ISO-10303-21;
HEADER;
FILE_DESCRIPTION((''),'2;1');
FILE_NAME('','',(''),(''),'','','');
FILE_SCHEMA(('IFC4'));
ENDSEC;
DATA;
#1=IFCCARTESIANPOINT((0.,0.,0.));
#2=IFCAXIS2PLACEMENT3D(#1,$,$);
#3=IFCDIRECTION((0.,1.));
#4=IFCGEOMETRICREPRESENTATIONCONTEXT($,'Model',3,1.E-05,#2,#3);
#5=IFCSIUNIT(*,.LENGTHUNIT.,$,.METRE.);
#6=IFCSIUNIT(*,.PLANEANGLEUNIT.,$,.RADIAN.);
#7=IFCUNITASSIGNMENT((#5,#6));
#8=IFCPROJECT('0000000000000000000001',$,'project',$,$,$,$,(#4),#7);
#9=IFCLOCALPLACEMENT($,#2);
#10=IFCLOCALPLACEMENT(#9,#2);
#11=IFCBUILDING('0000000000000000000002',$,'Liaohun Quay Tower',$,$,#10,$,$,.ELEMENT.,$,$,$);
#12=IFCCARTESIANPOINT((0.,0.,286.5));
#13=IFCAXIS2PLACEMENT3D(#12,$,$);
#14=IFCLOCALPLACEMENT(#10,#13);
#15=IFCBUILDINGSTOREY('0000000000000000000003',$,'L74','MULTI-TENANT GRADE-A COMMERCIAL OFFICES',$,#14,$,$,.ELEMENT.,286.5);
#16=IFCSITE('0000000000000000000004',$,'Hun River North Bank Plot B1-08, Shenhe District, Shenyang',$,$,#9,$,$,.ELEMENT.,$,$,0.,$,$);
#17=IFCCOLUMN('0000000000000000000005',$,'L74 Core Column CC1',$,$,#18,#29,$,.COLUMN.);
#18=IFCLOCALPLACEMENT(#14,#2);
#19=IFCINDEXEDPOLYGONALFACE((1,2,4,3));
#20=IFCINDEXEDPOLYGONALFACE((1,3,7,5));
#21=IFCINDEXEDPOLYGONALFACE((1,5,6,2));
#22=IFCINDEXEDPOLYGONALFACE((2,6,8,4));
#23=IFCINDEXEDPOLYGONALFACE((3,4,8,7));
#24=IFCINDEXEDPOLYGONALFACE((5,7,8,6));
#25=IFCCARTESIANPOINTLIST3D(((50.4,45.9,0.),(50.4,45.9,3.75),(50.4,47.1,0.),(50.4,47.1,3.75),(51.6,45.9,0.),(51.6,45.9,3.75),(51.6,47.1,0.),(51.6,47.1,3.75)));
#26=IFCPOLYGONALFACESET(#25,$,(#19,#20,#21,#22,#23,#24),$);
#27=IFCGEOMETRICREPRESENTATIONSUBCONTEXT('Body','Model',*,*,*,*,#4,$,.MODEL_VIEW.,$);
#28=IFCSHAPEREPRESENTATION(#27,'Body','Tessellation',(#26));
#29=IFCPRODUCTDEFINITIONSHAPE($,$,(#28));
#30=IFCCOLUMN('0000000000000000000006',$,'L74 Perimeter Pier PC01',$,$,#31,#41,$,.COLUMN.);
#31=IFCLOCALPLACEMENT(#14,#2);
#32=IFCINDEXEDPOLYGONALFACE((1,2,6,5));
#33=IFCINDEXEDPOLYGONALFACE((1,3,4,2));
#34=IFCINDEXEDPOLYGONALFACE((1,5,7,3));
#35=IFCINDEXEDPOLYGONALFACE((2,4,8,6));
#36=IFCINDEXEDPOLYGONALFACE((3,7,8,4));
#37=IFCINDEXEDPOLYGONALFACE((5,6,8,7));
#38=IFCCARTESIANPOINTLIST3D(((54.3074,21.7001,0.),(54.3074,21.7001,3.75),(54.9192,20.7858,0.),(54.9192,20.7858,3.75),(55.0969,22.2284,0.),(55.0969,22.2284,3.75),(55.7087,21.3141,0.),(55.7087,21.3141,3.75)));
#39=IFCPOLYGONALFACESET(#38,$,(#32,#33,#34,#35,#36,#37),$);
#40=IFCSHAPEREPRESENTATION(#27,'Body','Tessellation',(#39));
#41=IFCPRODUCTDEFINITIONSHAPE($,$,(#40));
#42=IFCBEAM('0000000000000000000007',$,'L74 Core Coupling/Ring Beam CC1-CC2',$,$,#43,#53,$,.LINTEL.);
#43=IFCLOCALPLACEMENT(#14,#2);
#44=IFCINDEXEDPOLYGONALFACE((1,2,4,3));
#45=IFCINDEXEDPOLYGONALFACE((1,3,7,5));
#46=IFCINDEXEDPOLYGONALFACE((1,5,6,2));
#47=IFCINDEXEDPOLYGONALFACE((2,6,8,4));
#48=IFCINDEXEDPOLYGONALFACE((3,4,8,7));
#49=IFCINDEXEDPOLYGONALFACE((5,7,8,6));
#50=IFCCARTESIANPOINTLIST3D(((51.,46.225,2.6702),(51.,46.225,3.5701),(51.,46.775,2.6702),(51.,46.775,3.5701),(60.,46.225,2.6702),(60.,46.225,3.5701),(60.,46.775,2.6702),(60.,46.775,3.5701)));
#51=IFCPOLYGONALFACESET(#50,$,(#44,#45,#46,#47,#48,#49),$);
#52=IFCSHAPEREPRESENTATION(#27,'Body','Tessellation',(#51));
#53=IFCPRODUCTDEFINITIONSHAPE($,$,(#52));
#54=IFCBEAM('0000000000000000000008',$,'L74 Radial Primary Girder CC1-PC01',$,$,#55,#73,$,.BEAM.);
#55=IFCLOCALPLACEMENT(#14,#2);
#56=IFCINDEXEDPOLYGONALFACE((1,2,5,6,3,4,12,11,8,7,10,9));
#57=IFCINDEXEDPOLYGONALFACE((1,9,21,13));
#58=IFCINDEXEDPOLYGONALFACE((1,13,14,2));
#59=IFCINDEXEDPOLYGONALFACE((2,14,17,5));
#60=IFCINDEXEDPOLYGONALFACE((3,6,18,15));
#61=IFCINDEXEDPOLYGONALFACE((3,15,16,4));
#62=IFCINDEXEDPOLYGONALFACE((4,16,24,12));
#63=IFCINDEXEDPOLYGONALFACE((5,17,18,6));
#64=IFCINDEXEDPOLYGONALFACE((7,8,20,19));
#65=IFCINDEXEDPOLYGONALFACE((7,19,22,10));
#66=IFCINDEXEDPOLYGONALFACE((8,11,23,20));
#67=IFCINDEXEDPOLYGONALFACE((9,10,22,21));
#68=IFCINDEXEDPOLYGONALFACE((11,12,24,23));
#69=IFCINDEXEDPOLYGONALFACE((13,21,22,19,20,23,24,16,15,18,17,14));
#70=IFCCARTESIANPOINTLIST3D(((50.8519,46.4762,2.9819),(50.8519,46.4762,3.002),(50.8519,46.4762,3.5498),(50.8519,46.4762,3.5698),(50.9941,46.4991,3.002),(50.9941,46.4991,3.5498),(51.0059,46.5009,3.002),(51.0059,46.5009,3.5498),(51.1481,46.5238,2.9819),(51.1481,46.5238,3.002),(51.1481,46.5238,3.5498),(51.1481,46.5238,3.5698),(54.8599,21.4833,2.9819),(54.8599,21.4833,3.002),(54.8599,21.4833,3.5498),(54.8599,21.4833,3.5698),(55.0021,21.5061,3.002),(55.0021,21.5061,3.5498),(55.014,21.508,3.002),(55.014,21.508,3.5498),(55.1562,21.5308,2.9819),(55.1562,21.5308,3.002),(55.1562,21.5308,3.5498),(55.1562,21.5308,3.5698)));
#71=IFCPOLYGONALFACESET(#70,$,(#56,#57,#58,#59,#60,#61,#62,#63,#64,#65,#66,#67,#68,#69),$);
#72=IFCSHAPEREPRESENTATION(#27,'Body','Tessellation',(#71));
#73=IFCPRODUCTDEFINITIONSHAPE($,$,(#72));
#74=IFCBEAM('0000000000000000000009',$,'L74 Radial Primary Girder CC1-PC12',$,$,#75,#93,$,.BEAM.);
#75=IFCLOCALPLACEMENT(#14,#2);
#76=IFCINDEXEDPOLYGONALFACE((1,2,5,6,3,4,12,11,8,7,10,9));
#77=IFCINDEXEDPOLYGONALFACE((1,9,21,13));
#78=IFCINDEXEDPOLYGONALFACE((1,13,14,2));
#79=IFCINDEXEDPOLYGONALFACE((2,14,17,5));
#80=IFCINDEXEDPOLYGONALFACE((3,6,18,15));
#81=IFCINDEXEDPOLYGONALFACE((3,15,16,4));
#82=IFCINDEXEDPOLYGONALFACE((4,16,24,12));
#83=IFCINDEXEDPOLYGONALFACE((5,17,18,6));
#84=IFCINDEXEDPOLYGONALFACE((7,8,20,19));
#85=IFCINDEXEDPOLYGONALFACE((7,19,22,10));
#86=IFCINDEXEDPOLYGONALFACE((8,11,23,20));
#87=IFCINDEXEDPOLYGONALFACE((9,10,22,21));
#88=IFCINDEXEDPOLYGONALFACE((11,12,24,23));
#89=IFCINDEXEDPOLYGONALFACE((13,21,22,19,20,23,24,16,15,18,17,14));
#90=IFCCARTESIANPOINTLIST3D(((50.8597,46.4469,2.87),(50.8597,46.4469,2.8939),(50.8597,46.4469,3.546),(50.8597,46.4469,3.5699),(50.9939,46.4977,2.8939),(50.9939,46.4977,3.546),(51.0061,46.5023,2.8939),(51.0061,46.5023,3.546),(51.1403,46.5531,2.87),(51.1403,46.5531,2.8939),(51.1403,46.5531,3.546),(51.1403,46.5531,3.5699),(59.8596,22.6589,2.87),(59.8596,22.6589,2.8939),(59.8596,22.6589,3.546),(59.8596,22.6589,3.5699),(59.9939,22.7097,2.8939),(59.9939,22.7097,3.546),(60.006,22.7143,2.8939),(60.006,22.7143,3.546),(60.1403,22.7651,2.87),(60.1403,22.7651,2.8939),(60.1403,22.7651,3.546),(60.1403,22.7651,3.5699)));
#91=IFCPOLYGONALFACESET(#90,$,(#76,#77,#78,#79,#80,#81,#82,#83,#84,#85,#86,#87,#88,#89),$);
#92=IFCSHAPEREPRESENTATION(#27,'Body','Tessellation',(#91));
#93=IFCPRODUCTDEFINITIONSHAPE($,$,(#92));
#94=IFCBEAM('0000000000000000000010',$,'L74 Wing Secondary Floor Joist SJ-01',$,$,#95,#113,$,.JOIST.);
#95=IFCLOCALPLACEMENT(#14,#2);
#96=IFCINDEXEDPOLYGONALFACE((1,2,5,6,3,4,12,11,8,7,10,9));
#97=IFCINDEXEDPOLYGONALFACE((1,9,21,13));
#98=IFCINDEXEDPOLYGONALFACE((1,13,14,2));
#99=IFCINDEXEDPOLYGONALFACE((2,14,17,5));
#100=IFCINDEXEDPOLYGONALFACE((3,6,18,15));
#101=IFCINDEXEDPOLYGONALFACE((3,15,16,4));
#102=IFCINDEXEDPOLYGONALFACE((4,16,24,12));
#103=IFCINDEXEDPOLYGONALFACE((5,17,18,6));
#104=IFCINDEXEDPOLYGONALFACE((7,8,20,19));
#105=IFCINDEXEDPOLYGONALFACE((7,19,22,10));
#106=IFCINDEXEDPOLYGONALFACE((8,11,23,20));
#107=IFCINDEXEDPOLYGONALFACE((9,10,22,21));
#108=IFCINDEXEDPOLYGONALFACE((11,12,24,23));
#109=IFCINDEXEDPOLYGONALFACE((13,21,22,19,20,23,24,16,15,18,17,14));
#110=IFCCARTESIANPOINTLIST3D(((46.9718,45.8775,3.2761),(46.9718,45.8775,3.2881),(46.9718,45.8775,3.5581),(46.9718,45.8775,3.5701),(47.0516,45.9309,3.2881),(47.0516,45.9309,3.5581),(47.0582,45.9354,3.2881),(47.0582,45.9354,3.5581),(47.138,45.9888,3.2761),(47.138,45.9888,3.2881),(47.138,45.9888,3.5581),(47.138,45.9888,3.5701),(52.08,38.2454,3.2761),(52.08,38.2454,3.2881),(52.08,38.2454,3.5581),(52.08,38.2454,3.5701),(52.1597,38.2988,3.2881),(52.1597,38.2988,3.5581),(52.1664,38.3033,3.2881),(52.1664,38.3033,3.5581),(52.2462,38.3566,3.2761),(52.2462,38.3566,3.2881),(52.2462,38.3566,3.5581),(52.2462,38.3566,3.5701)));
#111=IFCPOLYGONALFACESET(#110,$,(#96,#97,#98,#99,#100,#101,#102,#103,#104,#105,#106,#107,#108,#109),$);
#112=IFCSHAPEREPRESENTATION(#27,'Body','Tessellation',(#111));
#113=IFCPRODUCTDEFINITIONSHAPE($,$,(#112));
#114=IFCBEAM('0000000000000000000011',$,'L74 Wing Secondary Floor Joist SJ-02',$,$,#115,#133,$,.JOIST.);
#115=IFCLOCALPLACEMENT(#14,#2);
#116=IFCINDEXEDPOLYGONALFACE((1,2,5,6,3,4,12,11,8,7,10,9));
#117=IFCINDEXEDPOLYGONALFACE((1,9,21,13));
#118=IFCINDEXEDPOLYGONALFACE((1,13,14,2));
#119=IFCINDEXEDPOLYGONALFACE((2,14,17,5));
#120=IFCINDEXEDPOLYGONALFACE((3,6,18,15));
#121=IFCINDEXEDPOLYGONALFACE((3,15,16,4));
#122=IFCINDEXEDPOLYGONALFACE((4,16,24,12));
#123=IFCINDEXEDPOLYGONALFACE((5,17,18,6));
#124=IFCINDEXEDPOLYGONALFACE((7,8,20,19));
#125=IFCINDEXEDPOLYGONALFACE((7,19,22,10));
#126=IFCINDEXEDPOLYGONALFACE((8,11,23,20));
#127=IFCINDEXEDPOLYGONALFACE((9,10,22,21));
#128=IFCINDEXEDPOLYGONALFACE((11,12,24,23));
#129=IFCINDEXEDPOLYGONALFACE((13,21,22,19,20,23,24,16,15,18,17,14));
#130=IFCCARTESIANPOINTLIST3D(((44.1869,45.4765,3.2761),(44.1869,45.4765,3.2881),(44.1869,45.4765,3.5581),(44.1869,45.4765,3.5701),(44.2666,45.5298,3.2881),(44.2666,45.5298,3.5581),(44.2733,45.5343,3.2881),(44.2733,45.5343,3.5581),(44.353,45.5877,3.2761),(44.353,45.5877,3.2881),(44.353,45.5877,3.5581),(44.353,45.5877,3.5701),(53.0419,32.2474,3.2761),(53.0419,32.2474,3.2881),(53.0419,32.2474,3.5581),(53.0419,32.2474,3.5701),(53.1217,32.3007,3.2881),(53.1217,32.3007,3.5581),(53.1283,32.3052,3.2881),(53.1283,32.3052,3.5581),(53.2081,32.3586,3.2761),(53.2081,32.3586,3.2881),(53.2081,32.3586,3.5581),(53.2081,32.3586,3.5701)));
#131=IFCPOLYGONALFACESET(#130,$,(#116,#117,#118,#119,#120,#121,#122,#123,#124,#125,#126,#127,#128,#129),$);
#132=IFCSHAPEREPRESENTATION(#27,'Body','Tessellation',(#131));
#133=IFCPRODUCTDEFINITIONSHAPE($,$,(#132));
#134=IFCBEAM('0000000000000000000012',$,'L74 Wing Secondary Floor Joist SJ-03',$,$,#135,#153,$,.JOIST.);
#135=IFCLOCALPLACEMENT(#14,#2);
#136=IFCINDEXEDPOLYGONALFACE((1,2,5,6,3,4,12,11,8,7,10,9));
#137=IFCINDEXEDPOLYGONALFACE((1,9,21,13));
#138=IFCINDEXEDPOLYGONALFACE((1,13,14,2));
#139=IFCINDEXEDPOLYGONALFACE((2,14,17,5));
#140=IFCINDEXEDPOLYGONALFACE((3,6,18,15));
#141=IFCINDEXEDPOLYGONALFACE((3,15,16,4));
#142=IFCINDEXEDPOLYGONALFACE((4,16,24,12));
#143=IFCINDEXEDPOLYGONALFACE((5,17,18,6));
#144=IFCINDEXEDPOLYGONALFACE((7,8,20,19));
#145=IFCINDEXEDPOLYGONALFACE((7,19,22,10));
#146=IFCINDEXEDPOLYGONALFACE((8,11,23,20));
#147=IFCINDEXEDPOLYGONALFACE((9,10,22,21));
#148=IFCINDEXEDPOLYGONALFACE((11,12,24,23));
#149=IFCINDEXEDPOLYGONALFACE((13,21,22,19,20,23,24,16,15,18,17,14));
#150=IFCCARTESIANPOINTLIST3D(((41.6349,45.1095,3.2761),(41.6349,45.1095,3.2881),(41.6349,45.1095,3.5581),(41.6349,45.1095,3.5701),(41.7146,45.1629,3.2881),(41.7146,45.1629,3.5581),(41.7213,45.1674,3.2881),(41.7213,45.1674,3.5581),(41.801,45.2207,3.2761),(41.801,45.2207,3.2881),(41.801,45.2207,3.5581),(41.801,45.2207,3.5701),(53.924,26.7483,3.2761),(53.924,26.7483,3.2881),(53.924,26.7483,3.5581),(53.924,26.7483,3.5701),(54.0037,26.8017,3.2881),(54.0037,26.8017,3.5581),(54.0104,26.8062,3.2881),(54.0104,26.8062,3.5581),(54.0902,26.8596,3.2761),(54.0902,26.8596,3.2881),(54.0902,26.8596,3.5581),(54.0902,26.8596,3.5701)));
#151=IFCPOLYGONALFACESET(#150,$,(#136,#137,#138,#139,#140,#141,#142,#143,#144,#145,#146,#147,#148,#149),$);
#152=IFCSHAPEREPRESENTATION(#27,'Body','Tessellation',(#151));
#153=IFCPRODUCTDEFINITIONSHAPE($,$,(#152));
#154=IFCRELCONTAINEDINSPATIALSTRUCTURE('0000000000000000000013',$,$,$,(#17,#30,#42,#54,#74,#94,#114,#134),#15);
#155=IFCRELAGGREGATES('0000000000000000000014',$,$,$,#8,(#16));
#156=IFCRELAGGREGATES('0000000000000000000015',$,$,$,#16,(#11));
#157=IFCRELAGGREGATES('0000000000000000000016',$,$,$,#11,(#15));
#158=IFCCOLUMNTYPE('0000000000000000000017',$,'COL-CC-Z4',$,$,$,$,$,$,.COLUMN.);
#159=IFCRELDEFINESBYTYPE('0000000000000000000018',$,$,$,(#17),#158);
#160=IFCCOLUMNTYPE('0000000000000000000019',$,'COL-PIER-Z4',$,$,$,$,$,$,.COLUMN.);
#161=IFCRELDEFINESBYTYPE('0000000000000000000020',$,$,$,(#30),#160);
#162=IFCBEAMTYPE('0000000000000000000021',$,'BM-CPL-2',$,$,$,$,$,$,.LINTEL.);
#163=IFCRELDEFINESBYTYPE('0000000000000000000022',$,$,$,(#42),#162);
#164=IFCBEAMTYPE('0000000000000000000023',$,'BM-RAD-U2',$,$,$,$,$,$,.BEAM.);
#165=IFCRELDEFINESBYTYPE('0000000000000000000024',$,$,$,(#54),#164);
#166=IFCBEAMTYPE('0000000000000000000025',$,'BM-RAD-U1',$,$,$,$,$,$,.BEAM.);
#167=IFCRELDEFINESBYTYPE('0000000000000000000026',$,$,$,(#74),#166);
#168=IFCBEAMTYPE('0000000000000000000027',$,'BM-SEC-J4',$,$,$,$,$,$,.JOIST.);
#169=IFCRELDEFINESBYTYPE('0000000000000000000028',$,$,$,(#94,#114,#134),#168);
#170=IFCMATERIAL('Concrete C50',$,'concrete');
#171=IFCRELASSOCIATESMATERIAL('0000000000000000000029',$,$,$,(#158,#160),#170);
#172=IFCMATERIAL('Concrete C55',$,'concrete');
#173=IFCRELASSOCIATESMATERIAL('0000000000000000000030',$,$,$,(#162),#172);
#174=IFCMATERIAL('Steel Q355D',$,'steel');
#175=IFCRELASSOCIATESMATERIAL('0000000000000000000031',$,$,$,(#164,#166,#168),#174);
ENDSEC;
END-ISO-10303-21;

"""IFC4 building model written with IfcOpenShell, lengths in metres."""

from ifc_helpers import new_model, si_unit, direction, frame, origin, origin_2d, place, context, subcontext, project, spatial, rectangle, i_section, extrude, source, transform, mapped, material, material_profile, profile_set, type_object, element, save


model = new_model("IFC4")

# Units and contexts
model_context = context("Model", 3, precision=1e-05, world=origin(), true_north=direction((0.0, 1.0)))
body_context = subcontext(model_context, "Body", "Model", "MODEL_VIEW")
ifc_project = project(units=[si_unit("LENGTHUNIT", "METRE"), si_unit("PLANEANGLEUNIT", "RADIAN")], contexts=[model_context])

# Site, building, storey
site_placement = place(None, origin())
site = spatial("IfcSite", under=ifc_project, at=site_placement, Name="Hun River North Bank Plot B1-08, Shenhe District, Shenyang", CompositionType="ELEMENT", RefElevation=0.0)
building_placement = place(site_placement, origin())
building = spatial("IfcBuilding", under=site, at=building_placement, Name="Liaohun Quay Tower", CompositionType="ELEMENT")
storey_placement = place(building_placement, frame((0.0, 0.0, 286.5)))
storey = spatial("IfcBuildingStorey", under=building, at=storey_placement, Name="L74", Description="MULTI-TENANT GRADE-A COMMERCIAL OFFICES", CompositionType="ELEMENT", Elevation=286.5)

# Columns
ifc_material_1 = material(Name="Concrete C50", Category="concrete")
ifc_material_profile_1 = material_profile(ifc_material_1, rectangle(XDim=1.2, YDim=1.2, at=origin_2d()), Name="RC1200x1200")
ifc_profile_set_1 = profile_set([ifc_material_profile_1], Name="Concrete C50")
column_type_1 = type_object("IfcColumnType", Name="COL-CC-Z4", PredefinedType="COLUMN", material=ifc_profile_set_1)
shared_shape_1 = source(origin(), body_context, "Body", "SweptSolid", [
    extrude(rectangle(XDim=1.2, YDim=1.2, at=origin_2d()), origin(), (0.0, 0.0, 1.0), 3.75),
])
column_1_placement = place(storey_placement, frame((51.0, 46.5, 0.0), z_axis=(0.0, 0.0, 1.0), x_axis=(1.0, 0.0, 0.0)))
element("IfcColumn", 1, at=column_1_placement, inside=storey, type_object=column_type_1, Name="L74 Core Column CC1", PredefinedType="COLUMN", context=body_context, shape_type="MappedRepresentation", body=[
    mapped(shared_shape_1, transform((0.0, 0.0, 0.0), x_axis=(1.0, 0.0, 0.0), y_axis=(0.0, 1.0, 0.0), z_axis=(0.0, 0.0, 1.0), scale=1.0)),
])
ifc_material_profile_2 = material_profile(ifc_material_1, rectangle(XDim=1.1001, YDim=0.95, at=origin_2d()), Name="RC1100x950")
ifc_profile_set_2 = profile_set([ifc_material_profile_2], Name="Concrete C50")
column_type_2 = type_object("IfcColumnType", Name="COL-PIER-Z4", PredefinedType="COLUMN", material=ifc_profile_set_2)
shared_shape_2 = source(origin(), body_context, "Body", "SweptSolid", [
    extrude(rectangle(XDim=1.1001, YDim=0.95, at=origin_2d()), origin(), (0.0, 0.0, 1.0), 3.75),
])
column_2_placement = place(storey_placement, frame((55.0081, 21.5071, 0.0), z_axis=(0.0, 0.0, 1.0), x_axis=(-0.556151, 0.831082, 0.0)))
element("IfcColumn", 2, at=column_2_placement, inside=storey, type_object=column_type_2, Name="L74 Perimeter Pier PC01", PredefinedType="COLUMN", context=body_context, shape_type="MappedRepresentation", body=[
    mapped(shared_shape_2, transform((0.0, 0.0, 0.0), x_axis=(1.0, 0.0, 0.0), y_axis=(0.0, 1.0, 0.0), z_axis=(0.0, 0.0, 1.0), scale=1.0)),
])

# Beams
ifc_material_2 = material(Name="Concrete C55", Category="concrete")
ifc_material_profile_3 = material_profile(ifc_material_2, rectangle(XDim=0.55, YDim=0.8999, at=origin_2d()), Name="RC550x900")
ifc_profile_set_3 = profile_set([ifc_material_profile_3], Name="Concrete C55")
beam_type_1 = type_object("IfcBeamType", Name="BM-CPL-2", PredefinedType="LINTEL", material=ifc_profile_set_3)
shared_shape_3 = source(origin(), body_context, "Body", "SweptSolid", [
    extrude(rectangle(XDim=0.55, YDim=0.8999, at=origin_2d()), origin(), (0.0, 0.0, 1.0), 9.0),
])
beam_1_placement = place(storey_placement, frame((51.0, 46.5, 3.1201), z_axis=(1.0, 0.0, 0.0), x_axis=(0.0, 1.0, 0.0)))
element("IfcBeam", 3, at=beam_1_placement, inside=storey, type_object=beam_type_1, Name="L74 Core Coupling/Ring Beam CC1-CC2", PredefinedType="LINTEL", context=body_context, shape_type="MappedRepresentation", body=[
    mapped(shared_shape_3, transform((0.0, 0.0, 0.0), x_axis=(1.0, 0.0, 0.0), y_axis=(0.0, 1.0, 0.0), z_axis=(0.0, 0.0, 1.0), scale=1.0)),
])
ifc_material_3 = material(Name="Steel Q355D", Category="steel")
ifc_material_profile_4 = material_profile(ifc_material_3, i_section(OverallWidth=0.3, OverallDepth=0.5879, WebThickness=0.012, FlangeThickness=0.02, at=origin_2d()), Name="HM588x300x12x20")
ifc_profile_set_4 = profile_set([ifc_material_profile_4], Name="Steel Q355D")
beam_type_2 = type_object("IfcBeamType", Name="BM-RAD-U2", PredefinedType="BEAM", material=ifc_profile_set_4)
shared_shape_4 = source(origin(), body_context, "Body", "SweptSolid", [
    extrude(i_section(OverallWidth=0.3, OverallDepth=0.5879, WebThickness=0.012, FlangeThickness=0.02, at=origin_2d()), origin(), (0.0, 0.0, 1.0), 25.3123),
])
beam_2_placement = place(storey_placement, frame((51.0, 46.5, 3.2759), z_axis=(0.158344, -0.987384, 0.0), x_axis=(0.987384, 0.158344, 0.0)))
element("IfcBeam", 4, at=beam_2_placement, inside=storey, type_object=beam_type_2, Name="L74 Radial Primary Girder CC1-PC01", PredefinedType="BEAM", context=body_context, shape_type="MappedRepresentation", body=[
    mapped(shared_shape_4, transform((0.0, 0.0, 0.0), x_axis=(1.0, 0.0, 0.0), y_axis=(0.0, 1.0, 0.0), z_axis=(0.0, 0.0, 1.0), scale=1.0)),
])
ifc_material_profile_5 = material_profile(ifc_material_3, i_section(OverallWidth=0.3, OverallDepth=0.7, WebThickness=0.0129, FlangeThickness=0.0239, at=origin_2d()), Name="HN700x300x13x24")
ifc_profile_set_5 = profile_set([ifc_material_profile_5], Name="Steel Q355D")
beam_type_3 = type_object("IfcBeamType", Name="BM-RAD-U1", PredefinedType="BEAM", material=ifc_profile_set_5)
shared_shape_5 = source(origin(), body_context, "Body", "SweptSolid", [
    extrude(i_section(OverallWidth=0.3, OverallDepth=0.7, WebThickness=0.0129, FlangeThickness=0.0239, at=origin_2d()), origin(), (0.0, 0.0, 1.0), 25.4336),
])
beam_3_placement = place(storey_placement, frame((51.0, 46.5, 3.22), z_axis=(0.353861, -0.935298, 0.0), x_axis=(0.935298, 0.353861, 0.0)))
element("IfcBeam", 5, at=beam_3_placement, inside=storey, type_object=beam_type_3, Name="L74 Radial Primary Girder CC1-PC12", PredefinedType="BEAM", context=body_context, shape_type="MappedRepresentation", body=[
    mapped(shared_shape_5, transform((0.0, 0.0, 0.0), x_axis=(1.0, 0.0, 0.0), y_axis=(0.0, 1.0, 0.0), z_axis=(0.0, 0.0, 1.0), scale=1.0)),
])
ifc_material_profile_6 = material_profile(ifc_material_3, i_section(OverallWidth=0.2, OverallDepth=0.2939, WebThickness=0.0081, FlangeThickness=0.012, at=origin_2d()), Name="HM294x200x8x12")
ifc_profile_set_6 = profile_set([ifc_material_profile_6], Name="Steel Q355D")
beam_type_4 = type_object("IfcBeamType", Name="BM-SEC-J4", PredefinedType="JOIST", material=ifc_profile_set_6)
shared_shape_6 = source(origin(), body_context, "Body", "SweptSolid", [
    extrude(i_section(OverallWidth=0.2, OverallDepth=0.2939, WebThickness=0.0081, FlangeThickness=0.012, at=origin_2d()), origin(), (0.0, 0.0, 1.0), 9.1838),
])
beam_4_placement = place(storey_placement, frame((52.1631, 38.301, 3.4231), z_axis=(-0.556215, 0.831039, 0.0), x_axis=(-0.831039, -0.556215, 0.0)))
element("IfcBeam", 6, at=beam_4_placement, inside=storey, type_object=beam_type_4, Name="L74 Wing Secondary Floor Joist SJ-01", PredefinedType="JOIST", context=body_context, shape_type="MappedRepresentation", body=[
    mapped(shared_shape_6, transform((0.0, 0.0, 0.0), x_axis=(1.0, 0.0, 0.0), y_axis=(0.0, 1.0, 0.0), z_axis=(0.0, 0.0, 1.0), scale=1.0)),
])
shared_shape_7 = source(origin(), body_context, "Body", "SweptSolid", [
    extrude(i_section(OverallWidth=0.2, OverallDepth=0.2939, WebThickness=0.0081, FlangeThickness=0.012, at=origin_2d()), origin(), (0.0, 0.0, 1.0), 15.9192),
])
beam_5_placement = place(storey_placement, frame((53.125, 32.303, 3.4231), z_axis=(-0.556249, 0.831015, 0.0), x_axis=(-0.831015, -0.556249, 0.0)))
element("IfcBeam", 7, at=beam_5_placement, inside=storey, type_object=beam_type_4, Name="L74 Wing Secondary Floor Joist SJ-02", PredefinedType="JOIST", context=body_context, shape_type="MappedRepresentation", body=[
    mapped(shared_shape_7, transform((0.0, 0.0, 0.0), x_axis=(1.0, 0.0, 0.0), y_axis=(0.0, 1.0, 0.0), z_axis=(0.0, 0.0, 1.0), scale=1.0)),
])
shared_shape_8 = source(origin(), body_context, "Body", "SweptSolid", [
    extrude(i_section(OverallWidth=0.2, OverallDepth=0.2939, WebThickness=0.0081, FlangeThickness=0.012, at=origin_2d()), origin(), (0.0, 0.0, 1.0), 22.0942),
])
beam_6_placement = place(storey_placement, frame((54.0071, 26.804, 3.4231), z_axis=(-0.556214, 0.831039, 0.0), x_axis=(-0.831039, -0.556214, 0.0)))
element("IfcBeam", 8, at=beam_6_placement, inside=storey, type_object=beam_type_4, Name="L74 Wing Secondary Floor Joist SJ-03", PredefinedType="JOIST", context=body_context, shape_type="MappedRepresentation", body=[
    mapped(shared_shape_8, transform((0.0, 0.0, 0.0), x_axis=(1.0, 0.0, 0.0), y_axis=(0.0, 1.0, 0.0), z_axis=(0.0, 0.0, 1.0), scale=1.0)),
])

save(model, "model.ifc")
